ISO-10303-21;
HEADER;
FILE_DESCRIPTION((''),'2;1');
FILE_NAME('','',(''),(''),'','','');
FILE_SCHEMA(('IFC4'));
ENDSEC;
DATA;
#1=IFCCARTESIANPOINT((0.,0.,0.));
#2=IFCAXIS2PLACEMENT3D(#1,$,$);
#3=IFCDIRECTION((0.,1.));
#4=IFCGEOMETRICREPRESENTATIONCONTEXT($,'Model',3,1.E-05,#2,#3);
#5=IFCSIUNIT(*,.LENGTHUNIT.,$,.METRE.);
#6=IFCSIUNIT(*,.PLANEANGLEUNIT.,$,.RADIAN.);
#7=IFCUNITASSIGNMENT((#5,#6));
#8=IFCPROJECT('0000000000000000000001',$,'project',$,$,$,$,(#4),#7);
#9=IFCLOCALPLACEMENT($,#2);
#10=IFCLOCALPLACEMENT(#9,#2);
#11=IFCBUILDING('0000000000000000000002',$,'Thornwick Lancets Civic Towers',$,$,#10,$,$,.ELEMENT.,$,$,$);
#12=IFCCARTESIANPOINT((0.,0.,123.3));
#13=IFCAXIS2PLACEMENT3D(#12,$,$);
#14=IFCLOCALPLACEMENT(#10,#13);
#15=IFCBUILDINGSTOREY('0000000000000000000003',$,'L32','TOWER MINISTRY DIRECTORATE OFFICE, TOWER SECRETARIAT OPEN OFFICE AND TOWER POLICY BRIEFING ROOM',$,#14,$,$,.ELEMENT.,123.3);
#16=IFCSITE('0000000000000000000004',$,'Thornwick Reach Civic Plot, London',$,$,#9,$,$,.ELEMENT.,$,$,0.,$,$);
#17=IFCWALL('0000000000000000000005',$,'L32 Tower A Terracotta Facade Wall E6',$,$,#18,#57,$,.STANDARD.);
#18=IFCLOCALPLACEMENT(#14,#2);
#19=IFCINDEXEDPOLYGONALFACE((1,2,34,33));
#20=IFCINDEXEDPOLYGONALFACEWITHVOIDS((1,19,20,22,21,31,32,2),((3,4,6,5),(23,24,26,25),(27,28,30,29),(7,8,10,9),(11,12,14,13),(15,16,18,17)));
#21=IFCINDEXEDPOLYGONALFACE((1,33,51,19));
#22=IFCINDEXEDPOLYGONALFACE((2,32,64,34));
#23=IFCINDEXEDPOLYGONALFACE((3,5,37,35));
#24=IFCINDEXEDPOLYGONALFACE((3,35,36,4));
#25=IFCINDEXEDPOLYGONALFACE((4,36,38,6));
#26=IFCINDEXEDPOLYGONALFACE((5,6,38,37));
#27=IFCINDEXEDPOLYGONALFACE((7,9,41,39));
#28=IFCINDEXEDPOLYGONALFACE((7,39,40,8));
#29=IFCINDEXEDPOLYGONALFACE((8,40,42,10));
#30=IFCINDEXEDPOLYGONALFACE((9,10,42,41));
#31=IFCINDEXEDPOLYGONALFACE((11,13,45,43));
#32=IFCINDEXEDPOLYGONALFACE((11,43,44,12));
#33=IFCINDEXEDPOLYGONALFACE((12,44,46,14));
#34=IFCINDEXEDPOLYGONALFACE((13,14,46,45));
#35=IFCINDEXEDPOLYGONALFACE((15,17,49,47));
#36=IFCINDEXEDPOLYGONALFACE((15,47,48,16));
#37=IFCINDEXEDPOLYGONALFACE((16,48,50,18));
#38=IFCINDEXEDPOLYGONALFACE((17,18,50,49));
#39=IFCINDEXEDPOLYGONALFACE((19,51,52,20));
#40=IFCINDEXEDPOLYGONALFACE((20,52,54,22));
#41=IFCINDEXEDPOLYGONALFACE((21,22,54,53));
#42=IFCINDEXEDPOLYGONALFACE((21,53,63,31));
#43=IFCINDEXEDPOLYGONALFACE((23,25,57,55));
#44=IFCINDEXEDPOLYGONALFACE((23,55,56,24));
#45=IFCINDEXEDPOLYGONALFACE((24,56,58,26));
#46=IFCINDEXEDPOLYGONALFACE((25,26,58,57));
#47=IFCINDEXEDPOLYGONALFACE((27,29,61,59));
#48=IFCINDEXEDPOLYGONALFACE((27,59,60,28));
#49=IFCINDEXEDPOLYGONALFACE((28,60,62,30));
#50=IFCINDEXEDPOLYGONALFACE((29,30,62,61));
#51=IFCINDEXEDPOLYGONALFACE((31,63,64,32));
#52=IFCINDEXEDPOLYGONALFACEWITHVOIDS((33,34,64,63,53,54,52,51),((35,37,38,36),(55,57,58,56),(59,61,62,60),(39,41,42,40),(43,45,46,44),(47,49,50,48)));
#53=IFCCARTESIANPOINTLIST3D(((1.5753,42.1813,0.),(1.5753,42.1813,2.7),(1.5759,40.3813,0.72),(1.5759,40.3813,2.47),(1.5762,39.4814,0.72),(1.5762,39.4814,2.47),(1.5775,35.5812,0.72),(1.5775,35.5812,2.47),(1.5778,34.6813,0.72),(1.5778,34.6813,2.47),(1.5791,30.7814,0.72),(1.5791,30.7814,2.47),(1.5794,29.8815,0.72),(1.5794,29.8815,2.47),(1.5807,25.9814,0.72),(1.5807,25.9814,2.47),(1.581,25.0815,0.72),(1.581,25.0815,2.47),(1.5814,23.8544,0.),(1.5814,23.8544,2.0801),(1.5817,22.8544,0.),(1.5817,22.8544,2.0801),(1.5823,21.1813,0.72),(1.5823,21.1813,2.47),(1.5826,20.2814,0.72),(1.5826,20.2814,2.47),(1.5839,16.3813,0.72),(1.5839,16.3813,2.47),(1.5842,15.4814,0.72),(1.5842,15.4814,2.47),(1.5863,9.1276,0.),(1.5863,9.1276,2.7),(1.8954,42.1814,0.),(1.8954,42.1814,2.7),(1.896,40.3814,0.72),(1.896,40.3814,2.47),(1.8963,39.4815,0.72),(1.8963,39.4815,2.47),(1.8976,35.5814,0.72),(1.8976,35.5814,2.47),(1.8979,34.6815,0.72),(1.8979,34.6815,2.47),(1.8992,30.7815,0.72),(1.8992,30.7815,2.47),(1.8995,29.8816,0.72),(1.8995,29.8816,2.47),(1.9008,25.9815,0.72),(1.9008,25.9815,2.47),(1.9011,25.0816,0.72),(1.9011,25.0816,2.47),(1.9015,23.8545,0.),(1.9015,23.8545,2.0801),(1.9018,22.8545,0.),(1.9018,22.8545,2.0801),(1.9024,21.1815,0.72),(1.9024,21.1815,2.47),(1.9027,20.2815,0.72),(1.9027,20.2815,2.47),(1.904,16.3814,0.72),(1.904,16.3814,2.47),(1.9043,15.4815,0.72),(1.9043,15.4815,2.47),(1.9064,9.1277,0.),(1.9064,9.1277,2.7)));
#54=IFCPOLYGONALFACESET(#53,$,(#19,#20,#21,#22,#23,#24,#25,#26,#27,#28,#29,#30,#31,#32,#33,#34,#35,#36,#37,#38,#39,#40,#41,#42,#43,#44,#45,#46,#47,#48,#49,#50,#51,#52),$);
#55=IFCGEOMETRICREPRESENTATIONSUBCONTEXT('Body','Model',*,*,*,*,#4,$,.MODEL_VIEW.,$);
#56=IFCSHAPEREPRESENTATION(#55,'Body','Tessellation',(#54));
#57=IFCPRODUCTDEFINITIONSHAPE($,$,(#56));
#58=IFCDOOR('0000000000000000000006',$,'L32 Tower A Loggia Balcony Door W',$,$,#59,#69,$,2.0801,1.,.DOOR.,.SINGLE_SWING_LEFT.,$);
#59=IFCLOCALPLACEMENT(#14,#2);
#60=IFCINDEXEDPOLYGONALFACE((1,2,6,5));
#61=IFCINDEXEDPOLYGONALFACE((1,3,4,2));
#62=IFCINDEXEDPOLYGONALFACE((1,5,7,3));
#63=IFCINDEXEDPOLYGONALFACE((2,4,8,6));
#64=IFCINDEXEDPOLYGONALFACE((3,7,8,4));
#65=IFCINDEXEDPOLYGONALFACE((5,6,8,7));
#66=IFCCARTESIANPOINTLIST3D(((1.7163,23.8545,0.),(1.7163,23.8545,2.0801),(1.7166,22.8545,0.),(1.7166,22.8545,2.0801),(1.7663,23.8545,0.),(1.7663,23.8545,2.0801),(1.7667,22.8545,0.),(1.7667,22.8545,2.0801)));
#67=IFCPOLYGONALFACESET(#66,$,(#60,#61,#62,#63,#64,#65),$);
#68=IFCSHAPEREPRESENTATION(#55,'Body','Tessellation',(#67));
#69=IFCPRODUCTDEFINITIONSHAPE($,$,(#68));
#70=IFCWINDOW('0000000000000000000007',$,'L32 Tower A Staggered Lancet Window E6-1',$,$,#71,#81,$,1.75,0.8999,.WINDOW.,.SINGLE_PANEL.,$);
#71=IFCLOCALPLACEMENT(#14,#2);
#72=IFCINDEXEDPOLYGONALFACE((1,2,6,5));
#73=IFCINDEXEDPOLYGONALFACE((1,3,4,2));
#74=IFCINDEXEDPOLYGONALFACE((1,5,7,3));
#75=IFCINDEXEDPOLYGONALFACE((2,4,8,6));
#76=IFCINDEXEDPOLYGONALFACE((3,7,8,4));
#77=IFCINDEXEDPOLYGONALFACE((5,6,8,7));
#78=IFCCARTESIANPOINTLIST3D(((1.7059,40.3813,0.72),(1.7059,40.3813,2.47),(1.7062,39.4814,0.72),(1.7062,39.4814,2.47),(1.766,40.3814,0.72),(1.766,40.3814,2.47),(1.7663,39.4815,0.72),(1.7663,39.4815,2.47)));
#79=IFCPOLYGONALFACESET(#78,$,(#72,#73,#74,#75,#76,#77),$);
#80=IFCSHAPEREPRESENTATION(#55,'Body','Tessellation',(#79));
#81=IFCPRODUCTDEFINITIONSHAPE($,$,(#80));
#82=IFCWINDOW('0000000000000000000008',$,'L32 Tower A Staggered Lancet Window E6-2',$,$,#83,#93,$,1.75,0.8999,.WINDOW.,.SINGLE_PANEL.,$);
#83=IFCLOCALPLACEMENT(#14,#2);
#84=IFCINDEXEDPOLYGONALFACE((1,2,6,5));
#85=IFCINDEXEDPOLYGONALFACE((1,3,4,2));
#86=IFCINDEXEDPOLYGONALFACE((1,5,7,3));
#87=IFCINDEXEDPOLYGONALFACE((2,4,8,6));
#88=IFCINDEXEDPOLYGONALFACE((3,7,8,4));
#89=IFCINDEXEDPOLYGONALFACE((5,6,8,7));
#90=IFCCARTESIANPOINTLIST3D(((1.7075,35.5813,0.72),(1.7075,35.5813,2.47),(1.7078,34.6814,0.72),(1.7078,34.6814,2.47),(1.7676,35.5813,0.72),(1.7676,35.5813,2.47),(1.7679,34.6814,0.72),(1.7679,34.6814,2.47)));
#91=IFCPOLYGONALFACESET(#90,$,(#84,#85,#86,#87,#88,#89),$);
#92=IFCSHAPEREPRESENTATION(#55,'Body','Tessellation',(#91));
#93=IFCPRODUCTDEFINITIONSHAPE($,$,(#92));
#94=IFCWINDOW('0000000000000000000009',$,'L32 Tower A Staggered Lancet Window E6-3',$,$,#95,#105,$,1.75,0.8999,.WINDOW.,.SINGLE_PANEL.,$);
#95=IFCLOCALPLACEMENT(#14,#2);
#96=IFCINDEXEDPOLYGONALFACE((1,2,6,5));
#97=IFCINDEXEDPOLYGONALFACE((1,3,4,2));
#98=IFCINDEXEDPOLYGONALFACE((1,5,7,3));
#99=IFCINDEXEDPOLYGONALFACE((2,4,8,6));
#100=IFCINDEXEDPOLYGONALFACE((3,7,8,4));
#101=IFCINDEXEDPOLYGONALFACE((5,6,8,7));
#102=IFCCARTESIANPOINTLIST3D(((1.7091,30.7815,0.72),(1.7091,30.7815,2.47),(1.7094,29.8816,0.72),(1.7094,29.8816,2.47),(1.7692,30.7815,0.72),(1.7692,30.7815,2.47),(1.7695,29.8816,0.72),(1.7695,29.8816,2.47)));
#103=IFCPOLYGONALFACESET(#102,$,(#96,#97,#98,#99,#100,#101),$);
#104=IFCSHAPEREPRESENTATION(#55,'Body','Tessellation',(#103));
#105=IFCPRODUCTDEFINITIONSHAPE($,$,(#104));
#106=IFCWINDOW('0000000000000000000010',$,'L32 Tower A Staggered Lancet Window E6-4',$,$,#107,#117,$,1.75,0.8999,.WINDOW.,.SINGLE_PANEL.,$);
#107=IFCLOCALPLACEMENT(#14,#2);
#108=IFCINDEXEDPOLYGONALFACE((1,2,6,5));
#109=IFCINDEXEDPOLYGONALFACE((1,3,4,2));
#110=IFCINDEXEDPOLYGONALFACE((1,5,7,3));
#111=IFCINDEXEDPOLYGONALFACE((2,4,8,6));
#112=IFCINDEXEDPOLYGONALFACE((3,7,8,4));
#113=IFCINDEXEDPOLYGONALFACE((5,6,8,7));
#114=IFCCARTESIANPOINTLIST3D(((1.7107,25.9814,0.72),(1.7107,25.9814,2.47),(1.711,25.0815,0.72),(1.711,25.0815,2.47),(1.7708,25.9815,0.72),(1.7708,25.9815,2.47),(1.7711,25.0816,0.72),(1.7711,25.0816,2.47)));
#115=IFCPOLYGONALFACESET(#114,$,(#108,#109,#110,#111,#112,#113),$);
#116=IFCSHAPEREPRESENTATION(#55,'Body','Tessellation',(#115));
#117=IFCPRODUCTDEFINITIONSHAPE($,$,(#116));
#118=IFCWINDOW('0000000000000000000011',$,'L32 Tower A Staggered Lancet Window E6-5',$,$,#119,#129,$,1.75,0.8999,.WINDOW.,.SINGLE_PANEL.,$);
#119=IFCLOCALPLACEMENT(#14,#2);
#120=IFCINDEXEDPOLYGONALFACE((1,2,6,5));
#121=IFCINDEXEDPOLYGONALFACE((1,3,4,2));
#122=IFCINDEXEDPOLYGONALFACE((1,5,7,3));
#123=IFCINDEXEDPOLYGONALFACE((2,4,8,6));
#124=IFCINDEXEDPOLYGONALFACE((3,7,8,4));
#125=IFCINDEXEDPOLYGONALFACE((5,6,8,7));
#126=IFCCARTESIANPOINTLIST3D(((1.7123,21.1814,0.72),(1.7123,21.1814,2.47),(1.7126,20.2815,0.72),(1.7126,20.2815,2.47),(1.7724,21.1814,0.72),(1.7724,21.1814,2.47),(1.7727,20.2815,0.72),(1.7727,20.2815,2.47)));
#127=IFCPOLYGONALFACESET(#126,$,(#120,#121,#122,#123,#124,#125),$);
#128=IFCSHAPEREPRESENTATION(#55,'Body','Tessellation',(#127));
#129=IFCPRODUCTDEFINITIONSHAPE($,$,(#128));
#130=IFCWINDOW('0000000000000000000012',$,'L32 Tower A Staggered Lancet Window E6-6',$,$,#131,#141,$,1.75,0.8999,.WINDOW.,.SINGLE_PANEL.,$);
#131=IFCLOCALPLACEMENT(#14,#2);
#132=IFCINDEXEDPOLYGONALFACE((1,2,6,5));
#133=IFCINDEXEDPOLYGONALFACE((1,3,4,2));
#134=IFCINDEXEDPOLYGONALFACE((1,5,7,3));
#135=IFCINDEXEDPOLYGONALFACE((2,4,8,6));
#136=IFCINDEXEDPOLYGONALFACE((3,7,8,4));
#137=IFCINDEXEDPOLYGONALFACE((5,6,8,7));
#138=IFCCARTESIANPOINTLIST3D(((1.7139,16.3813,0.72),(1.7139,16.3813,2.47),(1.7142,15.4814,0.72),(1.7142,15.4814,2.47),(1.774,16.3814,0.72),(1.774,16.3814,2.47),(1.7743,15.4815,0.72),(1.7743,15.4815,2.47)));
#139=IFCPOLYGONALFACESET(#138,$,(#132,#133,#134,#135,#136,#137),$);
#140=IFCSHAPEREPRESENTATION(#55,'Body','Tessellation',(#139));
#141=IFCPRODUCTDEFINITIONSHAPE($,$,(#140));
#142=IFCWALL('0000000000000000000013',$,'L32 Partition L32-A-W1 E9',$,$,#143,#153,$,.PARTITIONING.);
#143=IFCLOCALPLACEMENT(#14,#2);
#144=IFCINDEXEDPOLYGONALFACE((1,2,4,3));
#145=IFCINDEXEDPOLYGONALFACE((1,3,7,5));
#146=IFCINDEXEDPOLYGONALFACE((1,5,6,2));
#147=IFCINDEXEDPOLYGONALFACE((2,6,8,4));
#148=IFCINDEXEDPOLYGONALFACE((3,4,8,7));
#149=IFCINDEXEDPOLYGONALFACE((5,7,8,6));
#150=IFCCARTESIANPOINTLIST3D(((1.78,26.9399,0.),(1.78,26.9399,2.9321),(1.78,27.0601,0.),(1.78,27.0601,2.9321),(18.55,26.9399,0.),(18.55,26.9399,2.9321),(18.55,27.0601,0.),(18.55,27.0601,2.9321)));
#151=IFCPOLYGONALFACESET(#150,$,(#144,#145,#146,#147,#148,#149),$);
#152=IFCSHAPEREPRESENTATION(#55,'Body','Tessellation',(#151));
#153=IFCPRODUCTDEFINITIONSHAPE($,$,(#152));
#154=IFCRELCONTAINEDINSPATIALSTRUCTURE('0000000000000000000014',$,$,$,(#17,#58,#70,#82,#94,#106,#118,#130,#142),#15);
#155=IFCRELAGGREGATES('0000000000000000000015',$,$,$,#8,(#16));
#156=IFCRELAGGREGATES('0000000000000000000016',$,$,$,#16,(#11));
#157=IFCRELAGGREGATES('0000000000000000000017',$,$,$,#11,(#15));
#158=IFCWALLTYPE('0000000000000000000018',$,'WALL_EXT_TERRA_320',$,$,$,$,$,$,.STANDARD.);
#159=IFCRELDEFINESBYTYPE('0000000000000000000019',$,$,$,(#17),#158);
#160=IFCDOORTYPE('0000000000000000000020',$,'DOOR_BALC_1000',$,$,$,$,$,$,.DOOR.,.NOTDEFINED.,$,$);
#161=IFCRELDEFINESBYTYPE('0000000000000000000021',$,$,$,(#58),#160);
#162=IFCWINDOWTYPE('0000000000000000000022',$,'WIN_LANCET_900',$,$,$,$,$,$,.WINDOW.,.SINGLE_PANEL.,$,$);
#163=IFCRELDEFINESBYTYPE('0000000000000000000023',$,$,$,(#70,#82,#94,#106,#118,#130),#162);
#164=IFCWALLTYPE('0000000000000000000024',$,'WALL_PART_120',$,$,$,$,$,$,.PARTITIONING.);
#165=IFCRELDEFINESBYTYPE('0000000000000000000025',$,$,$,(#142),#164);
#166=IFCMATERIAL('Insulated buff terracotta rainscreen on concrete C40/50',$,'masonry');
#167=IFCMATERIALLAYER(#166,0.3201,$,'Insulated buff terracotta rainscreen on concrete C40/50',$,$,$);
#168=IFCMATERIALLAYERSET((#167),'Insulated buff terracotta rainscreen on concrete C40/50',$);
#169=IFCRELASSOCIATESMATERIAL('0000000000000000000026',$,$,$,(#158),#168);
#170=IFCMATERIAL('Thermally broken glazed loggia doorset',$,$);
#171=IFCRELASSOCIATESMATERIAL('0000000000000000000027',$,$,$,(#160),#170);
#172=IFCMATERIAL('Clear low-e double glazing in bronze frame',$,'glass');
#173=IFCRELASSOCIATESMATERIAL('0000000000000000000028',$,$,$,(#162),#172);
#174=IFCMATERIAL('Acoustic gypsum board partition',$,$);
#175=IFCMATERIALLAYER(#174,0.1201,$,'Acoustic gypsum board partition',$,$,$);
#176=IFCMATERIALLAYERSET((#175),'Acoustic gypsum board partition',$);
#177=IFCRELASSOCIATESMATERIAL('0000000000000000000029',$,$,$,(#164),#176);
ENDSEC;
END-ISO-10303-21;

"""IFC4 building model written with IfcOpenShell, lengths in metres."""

from ifc_helpers import new_model, si_unit, direction, frame, frame_2d, origin, place, context, subcontext, project, spatial, rectangle, extrude, material, layer, layer_set, type_object, element, fill, save


model = new_model("IFC4")

# Units and contexts
model_context = context("Model", 3, precision=1e-05, world=origin(), true_north=direction((0.0, 1.0)))
body_context = subcontext(model_context, "Body", "Model", "MODEL_VIEW")
ifc_project = project(units=[si_unit("LENGTHUNIT", "METRE"), si_unit("PLANEANGLEUNIT", "RADIAN")], contexts=[model_context])

# Site, building, storey
site_placement = place(None, origin())
site = spatial("IfcSite", under=ifc_project, at=site_placement, Name="Thornwick Reach Civic Plot, London", CompositionType="ELEMENT", RefElevation=0.0)
building_placement = place(site_placement, origin())
building = spatial("IfcBuilding", under=site, at=building_placement, Name="Thornwick Lancets Civic Towers", CompositionType="ELEMENT")
storey_placement = place(building_placement, frame((0.0, 0.0, 123.3)))
storey = spatial("IfcBuildingStorey", under=building, at=storey_placement, Name="L32", Description="TOWER MINISTRY DIRECTORATE OFFICE, TOWER SECRETARIAT OPEN OFFICE AND TOWER POLICY BRIEFING ROOM", CompositionType="ELEMENT", Elevation=123.3)

# Wall, openings, door, windows
ifc_material_1 = material(Name="Insulated buff terracotta rainscreen on concrete C40/50", Category="masonry")
ifc_layer_1 = layer(ifc_material_1, 0.3201, Name="Insulated buff terracotta rainscreen on concrete C40/50")
ifc_layer_set_1 = layer_set([ifc_layer_1], Name="Insulated buff terracotta rainscreen on concrete C40/50")
wall_type_1 = type_object("IfcWallType", Name="WALL_EXT_TERRA_320", PredefinedType="STANDARD", material=ifc_layer_set_1)
wall_1_placement = place(storey_placement, frame((1.7354, 42.1814, 0.0), z_axis=(0.0, 0.0, 1.0), x_axis=(0.000332, -1.0, 0.0)))
wall_1 = element("IfcWall", 1, at=wall_1_placement, inside=storey, type_object=wall_type_1, Name="L32 Tower A Terracotta Facade Wall E6", PredefinedType="STANDARD", context=body_context, shape_type="SweptSolid", body=[
    extrude(rectangle(XDim=33.0537, YDim=0.3201, at=frame_2d((16.5269, 0.0))), origin(), (0.0, 0.0, 1.0), 2.7),
])
opening_1_placement = place(wall_1_placement, frame((18.3269, 0.0, 0.0)))
opening_1 = element("IfcOpeningElement", 2, at=opening_1_placement, cuts=wall_1, PredefinedType="OPENING", context=body_context, shape_type="SweptSolid", body=[
    extrude(rectangle(XDim=1.0, YDim=2.0801, at=frame_2d((0.5, 1.04))), frame((0.0, 0.1699, 0.0), z_axis=(0.0, -1.0, 0.0), x_axis=(1.0, 0.0, 0.0)), (0.0, 0.0, 1.0), 0.3401),
])
opening_2_placement = place(wall_1_placement, frame((1.8, 0.0, 0.72)))
opening_2 = element("IfcOpeningElement", 3, at=opening_2_placement, cuts=wall_1, PredefinedType="OPENING", context=body_context, shape_type="SweptSolid", body=[
    extrude(rectangle(XDim=0.8999, YDim=1.75, at=frame_2d((0.45, 0.875))), frame((0.0, 0.1699, 0.0), z_axis=(0.0, -1.0, 0.0), x_axis=(1.0, 0.0, 0.0)), (0.0, 0.0, 1.0), 0.3401),
])
opening_3_placement = place(wall_1_placement, frame((6.6001, 0.0, 0.72)))
opening_3 = element("IfcOpeningElement", 4, at=opening_3_placement, cuts=wall_1, PredefinedType="OPENING", context=body_context, shape_type="SweptSolid", body=[
    extrude(rectangle(XDim=0.8999, YDim=1.75, at=frame_2d((0.45, 0.875))), frame((0.0, 0.1699, 0.0), z_axis=(0.0, -1.0, 0.0), x_axis=(1.0, 0.0, 0.0)), (0.0, 0.0, 1.0), 0.3401),
])
opening_4_placement = place(wall_1_placement, frame((11.3999, 0.0, 0.72)))
opening_4 = element("IfcOpeningElement", 5, at=opening_4_placement, cuts=wall_1, PredefinedType="OPENING", context=body_context, shape_type="SweptSolid", body=[
    extrude(rectangle(XDim=0.8999, YDim=1.75, at=frame_2d((0.45, 0.875))), frame((0.0, 0.1699, 0.0), z_axis=(0.0, -1.0, 0.0), x_axis=(1.0, 0.0, 0.0)), (0.0, 0.0, 1.0), 0.3401),
])
opening_5_placement = place(wall_1_placement, frame((16.2, 0.0, 0.72)))
opening_5 = element("IfcOpeningElement", 6, at=opening_5_placement, cuts=wall_1, PredefinedType="OPENING", context=body_context, shape_type="SweptSolid", body=[
    extrude(rectangle(XDim=0.8999, YDim=1.75, at=frame_2d((0.45, 0.875))), frame((0.0, 0.1699, 0.0), z_axis=(0.0, -1.0, 0.0), x_axis=(1.0, 0.0, 0.0)), (0.0, 0.0, 1.0), 0.3401),
])
opening_6_placement = place(wall_1_placement, frame((21.0, 0.0, 0.72)))
opening_6 = element("IfcOpeningElement", 7, at=opening_6_placement, cuts=wall_1, PredefinedType="OPENING", context=body_context, shape_type="SweptSolid", body=[
    extrude(rectangle(XDim=0.8999, YDim=1.75, at=frame_2d((0.45, 0.875))), frame((0.0, 0.1699, 0.0), z_axis=(0.0, -1.0, 0.0), x_axis=(1.0, 0.0, 0.0)), (0.0, 0.0, 1.0), 0.3401),
])
opening_7_placement = place(wall_1_placement, frame((25.8, 0.0, 0.72)))
opening_7 = element("IfcOpeningElement", 8, at=opening_7_placement, cuts=wall_1, PredefinedType="OPENING", context=body_context, shape_type="SweptSolid", body=[
    extrude(rectangle(XDim=0.8999, YDim=1.75, at=frame_2d((0.45, 0.875))), frame((0.0, 0.1699, 0.0), z_axis=(0.0, -1.0, 0.0), x_axis=(1.0, 0.0, 0.0)), (0.0, 0.0, 1.0), 0.3401),
])
ifc_material_2 = material(Name="Thermally broken glazed loggia doorset")
door_type = type_object("IfcDoorType", Name="DOOR_BALC_1000", OperationType="NOTDEFINED", PredefinedType="DOOR", material=ifc_material_2)
door_placement = place(opening_1_placement, origin())
door = element("IfcDoor", 9, at=door_placement, inside=storey, type_object=door_type, Name="L32 Tower A Loggia Balcony Door W", OperationType="SINGLE_SWING_LEFT", OverallHeight=2.0801, OverallWidth=1.0, PredefinedType="DOOR", context=body_context, shape_type="SweptSolid", body=[
    extrude(rectangle(XDim=1.0, YDim=2.0801, at=frame_2d((0.5, 1.04))), frame((0.0, 0.0249, 0.0), z_axis=(0.0, -1.0, 0.0), x_axis=(1.0, 0.0, 0.0)), (0.0, 0.0, 1.0), 0.05),
])
fill(opening_1, door)
ifc_material_3 = material(Name="Clear low-e double glazing in bronze frame", Category="glass")
window_type = type_object("IfcWindowType", Name="WIN_LANCET_900", PartitioningType="SINGLE_PANEL", PredefinedType="WINDOW", material=ifc_material_3)
window_1_placement = place(opening_2_placement, origin())
window_1 = element("IfcWindow", 10, at=window_1_placement, inside=storey, type_object=window_type, Name="L32 Tower A Staggered Lancet Window E6-1", OverallHeight=1.75, OverallWidth=0.8999, PartitioningType="SINGLE_PANEL", PredefinedType="WINDOW", context=body_context, shape_type="SweptSolid", body=[
    extrude(rectangle(XDim=0.8999, YDim=1.75, at=frame_2d((0.45, 0.875))), frame((0.0, 0.03, 0.0), z_axis=(0.0, -1.0, 0.0), x_axis=(1.0, 0.0, 0.0)), (0.0, 0.0, 1.0), 0.0601),
])
fill(opening_2, window_1)
window_2_placement = place(opening_3_placement, origin())
window_2 = element("IfcWindow", 11, at=window_2_placement, inside=storey, type_object=window_type, Name="L32 Tower A Staggered Lancet Window E6-2", OverallHeight=1.75, OverallWidth=0.8999, PartitioningType="SINGLE_PANEL", PredefinedType="WINDOW", context=body_context, shape_type="SweptSolid", body=[
    extrude(rectangle(XDim=0.8999, YDim=1.75, at=frame_2d((0.45, 0.875))), frame((0.0, 0.03, 0.0), z_axis=(0.0, -1.0, 0.0), x_axis=(1.0, 0.0, 0.0)), (0.0, 0.0, 1.0), 0.0601),
])
fill(opening_3, window_2)
window_3_placement = place(opening_4_placement, origin())
window_3 = element("IfcWindow", 12, at=window_3_placement, inside=storey, type_object=window_type, Name="L32 Tower A Staggered Lancet Window E6-3", OverallHeight=1.75, OverallWidth=0.8999, PartitioningType="SINGLE_PANEL", PredefinedType="WINDOW", context=body_context, shape_type="SweptSolid", body=[
    extrude(rectangle(XDim=0.8999, YDim=1.75, at=frame_2d((0.45, 0.875))), frame((0.0, 0.03, 0.0), z_axis=(0.0, -1.0, 0.0), x_axis=(1.0, 0.0, 0.0)), (0.0, 0.0, 1.0), 0.0601),
])
fill(opening_4, window_3)
window_4_placement = place(opening_5_placement, origin())
window_4 = element("IfcWindow", 13, at=window_4_placement, inside=storey, type_object=window_type, Name="L32 Tower A Staggered Lancet Window E6-4", OverallHeight=1.75, OverallWidth=0.8999, PartitioningType="SINGLE_PANEL", PredefinedType="WINDOW", context=body_context, shape_type="SweptSolid", body=[
    extrude(rectangle(XDim=0.8999, YDim=1.75, at=frame_2d((0.45, 0.875))), frame((0.0, 0.03, 0.0), z_axis=(0.0, -1.0, 0.0), x_axis=(1.0, 0.0, 0.0)), (0.0, 0.0, 1.0), 0.0601),
])
fill(opening_5, window_4)
window_5_placement = place(opening_6_placement, origin())
window_5 = element("IfcWindow", 14, at=window_5_placement, inside=storey, type_object=window_type, Name="L32 Tower A Staggered Lancet Window E6-5", OverallHeight=1.75, OverallWidth=0.8999, PartitioningType="SINGLE_PANEL", PredefinedType="WINDOW", context=body_context, shape_type="SweptSolid", body=[
    extrude(rectangle(XDim=0.8999, YDim=1.75, at=frame_2d((0.45, 0.875))), frame((0.0, 0.03, 0.0), z_axis=(0.0, -1.0, 0.0), x_axis=(1.0, 0.0, 0.0)), (0.0, 0.0, 1.0), 0.0601),
])
fill(opening_6, window_5)
window_6_placement = place(opening_7_placement, origin())
window_6 = element("IfcWindow", 15, at=window_6_placement, inside=storey, type_object=window_type, Name="L32 Tower A Staggered Lancet Window E6-6", OverallHeight=1.75, OverallWidth=0.8999, PartitioningType="SINGLE_PANEL", PredefinedType="WINDOW", context=body_context, shape_type="SweptSolid", body=[
    extrude(rectangle(XDim=0.8999, YDim=1.75, at=frame_2d((0.45, 0.875))), frame((0.0, 0.03, 0.0), z_axis=(0.0, -1.0, 0.0), x_axis=(1.0, 0.0, 0.0)), (0.0, 0.0, 1.0), 0.0601),
])
fill(opening_7, window_6)

# Wall
ifc_material_4 = material(Name="Acoustic gypsum board partition")
ifc_layer_2 = layer(ifc_material_4, 0.1201, Name="Acoustic gypsum board partition")
ifc_layer_set_2 = layer_set([ifc_layer_2], Name="Acoustic gypsum board partition")
wall_type_2 = type_object("IfcWallType", Name="WALL_PART_120", PredefinedType="PARTITIONING", material=ifc_layer_set_2)
wall_2_placement = place(storey_placement, frame((1.78, 27.0, 0.0), z_axis=(0.0, 0.0, 1.0), x_axis=(1.0, 0.0, 0.0)))
element("IfcWall", 16, at=wall_2_placement, inside=storey, type_object=wall_type_2, Name="L32 Partition L32-A-W1 E9", PredefinedType="PARTITIONING", context=body_context, shape_type="SweptSolid", body=[
    extrude(rectangle(XDim=16.77, YDim=0.1201, at=frame_2d((8.385, 0.0))), origin(), (0.0, 0.0, 1.0), 2.9321),
])

save(model, "model.ifc")
